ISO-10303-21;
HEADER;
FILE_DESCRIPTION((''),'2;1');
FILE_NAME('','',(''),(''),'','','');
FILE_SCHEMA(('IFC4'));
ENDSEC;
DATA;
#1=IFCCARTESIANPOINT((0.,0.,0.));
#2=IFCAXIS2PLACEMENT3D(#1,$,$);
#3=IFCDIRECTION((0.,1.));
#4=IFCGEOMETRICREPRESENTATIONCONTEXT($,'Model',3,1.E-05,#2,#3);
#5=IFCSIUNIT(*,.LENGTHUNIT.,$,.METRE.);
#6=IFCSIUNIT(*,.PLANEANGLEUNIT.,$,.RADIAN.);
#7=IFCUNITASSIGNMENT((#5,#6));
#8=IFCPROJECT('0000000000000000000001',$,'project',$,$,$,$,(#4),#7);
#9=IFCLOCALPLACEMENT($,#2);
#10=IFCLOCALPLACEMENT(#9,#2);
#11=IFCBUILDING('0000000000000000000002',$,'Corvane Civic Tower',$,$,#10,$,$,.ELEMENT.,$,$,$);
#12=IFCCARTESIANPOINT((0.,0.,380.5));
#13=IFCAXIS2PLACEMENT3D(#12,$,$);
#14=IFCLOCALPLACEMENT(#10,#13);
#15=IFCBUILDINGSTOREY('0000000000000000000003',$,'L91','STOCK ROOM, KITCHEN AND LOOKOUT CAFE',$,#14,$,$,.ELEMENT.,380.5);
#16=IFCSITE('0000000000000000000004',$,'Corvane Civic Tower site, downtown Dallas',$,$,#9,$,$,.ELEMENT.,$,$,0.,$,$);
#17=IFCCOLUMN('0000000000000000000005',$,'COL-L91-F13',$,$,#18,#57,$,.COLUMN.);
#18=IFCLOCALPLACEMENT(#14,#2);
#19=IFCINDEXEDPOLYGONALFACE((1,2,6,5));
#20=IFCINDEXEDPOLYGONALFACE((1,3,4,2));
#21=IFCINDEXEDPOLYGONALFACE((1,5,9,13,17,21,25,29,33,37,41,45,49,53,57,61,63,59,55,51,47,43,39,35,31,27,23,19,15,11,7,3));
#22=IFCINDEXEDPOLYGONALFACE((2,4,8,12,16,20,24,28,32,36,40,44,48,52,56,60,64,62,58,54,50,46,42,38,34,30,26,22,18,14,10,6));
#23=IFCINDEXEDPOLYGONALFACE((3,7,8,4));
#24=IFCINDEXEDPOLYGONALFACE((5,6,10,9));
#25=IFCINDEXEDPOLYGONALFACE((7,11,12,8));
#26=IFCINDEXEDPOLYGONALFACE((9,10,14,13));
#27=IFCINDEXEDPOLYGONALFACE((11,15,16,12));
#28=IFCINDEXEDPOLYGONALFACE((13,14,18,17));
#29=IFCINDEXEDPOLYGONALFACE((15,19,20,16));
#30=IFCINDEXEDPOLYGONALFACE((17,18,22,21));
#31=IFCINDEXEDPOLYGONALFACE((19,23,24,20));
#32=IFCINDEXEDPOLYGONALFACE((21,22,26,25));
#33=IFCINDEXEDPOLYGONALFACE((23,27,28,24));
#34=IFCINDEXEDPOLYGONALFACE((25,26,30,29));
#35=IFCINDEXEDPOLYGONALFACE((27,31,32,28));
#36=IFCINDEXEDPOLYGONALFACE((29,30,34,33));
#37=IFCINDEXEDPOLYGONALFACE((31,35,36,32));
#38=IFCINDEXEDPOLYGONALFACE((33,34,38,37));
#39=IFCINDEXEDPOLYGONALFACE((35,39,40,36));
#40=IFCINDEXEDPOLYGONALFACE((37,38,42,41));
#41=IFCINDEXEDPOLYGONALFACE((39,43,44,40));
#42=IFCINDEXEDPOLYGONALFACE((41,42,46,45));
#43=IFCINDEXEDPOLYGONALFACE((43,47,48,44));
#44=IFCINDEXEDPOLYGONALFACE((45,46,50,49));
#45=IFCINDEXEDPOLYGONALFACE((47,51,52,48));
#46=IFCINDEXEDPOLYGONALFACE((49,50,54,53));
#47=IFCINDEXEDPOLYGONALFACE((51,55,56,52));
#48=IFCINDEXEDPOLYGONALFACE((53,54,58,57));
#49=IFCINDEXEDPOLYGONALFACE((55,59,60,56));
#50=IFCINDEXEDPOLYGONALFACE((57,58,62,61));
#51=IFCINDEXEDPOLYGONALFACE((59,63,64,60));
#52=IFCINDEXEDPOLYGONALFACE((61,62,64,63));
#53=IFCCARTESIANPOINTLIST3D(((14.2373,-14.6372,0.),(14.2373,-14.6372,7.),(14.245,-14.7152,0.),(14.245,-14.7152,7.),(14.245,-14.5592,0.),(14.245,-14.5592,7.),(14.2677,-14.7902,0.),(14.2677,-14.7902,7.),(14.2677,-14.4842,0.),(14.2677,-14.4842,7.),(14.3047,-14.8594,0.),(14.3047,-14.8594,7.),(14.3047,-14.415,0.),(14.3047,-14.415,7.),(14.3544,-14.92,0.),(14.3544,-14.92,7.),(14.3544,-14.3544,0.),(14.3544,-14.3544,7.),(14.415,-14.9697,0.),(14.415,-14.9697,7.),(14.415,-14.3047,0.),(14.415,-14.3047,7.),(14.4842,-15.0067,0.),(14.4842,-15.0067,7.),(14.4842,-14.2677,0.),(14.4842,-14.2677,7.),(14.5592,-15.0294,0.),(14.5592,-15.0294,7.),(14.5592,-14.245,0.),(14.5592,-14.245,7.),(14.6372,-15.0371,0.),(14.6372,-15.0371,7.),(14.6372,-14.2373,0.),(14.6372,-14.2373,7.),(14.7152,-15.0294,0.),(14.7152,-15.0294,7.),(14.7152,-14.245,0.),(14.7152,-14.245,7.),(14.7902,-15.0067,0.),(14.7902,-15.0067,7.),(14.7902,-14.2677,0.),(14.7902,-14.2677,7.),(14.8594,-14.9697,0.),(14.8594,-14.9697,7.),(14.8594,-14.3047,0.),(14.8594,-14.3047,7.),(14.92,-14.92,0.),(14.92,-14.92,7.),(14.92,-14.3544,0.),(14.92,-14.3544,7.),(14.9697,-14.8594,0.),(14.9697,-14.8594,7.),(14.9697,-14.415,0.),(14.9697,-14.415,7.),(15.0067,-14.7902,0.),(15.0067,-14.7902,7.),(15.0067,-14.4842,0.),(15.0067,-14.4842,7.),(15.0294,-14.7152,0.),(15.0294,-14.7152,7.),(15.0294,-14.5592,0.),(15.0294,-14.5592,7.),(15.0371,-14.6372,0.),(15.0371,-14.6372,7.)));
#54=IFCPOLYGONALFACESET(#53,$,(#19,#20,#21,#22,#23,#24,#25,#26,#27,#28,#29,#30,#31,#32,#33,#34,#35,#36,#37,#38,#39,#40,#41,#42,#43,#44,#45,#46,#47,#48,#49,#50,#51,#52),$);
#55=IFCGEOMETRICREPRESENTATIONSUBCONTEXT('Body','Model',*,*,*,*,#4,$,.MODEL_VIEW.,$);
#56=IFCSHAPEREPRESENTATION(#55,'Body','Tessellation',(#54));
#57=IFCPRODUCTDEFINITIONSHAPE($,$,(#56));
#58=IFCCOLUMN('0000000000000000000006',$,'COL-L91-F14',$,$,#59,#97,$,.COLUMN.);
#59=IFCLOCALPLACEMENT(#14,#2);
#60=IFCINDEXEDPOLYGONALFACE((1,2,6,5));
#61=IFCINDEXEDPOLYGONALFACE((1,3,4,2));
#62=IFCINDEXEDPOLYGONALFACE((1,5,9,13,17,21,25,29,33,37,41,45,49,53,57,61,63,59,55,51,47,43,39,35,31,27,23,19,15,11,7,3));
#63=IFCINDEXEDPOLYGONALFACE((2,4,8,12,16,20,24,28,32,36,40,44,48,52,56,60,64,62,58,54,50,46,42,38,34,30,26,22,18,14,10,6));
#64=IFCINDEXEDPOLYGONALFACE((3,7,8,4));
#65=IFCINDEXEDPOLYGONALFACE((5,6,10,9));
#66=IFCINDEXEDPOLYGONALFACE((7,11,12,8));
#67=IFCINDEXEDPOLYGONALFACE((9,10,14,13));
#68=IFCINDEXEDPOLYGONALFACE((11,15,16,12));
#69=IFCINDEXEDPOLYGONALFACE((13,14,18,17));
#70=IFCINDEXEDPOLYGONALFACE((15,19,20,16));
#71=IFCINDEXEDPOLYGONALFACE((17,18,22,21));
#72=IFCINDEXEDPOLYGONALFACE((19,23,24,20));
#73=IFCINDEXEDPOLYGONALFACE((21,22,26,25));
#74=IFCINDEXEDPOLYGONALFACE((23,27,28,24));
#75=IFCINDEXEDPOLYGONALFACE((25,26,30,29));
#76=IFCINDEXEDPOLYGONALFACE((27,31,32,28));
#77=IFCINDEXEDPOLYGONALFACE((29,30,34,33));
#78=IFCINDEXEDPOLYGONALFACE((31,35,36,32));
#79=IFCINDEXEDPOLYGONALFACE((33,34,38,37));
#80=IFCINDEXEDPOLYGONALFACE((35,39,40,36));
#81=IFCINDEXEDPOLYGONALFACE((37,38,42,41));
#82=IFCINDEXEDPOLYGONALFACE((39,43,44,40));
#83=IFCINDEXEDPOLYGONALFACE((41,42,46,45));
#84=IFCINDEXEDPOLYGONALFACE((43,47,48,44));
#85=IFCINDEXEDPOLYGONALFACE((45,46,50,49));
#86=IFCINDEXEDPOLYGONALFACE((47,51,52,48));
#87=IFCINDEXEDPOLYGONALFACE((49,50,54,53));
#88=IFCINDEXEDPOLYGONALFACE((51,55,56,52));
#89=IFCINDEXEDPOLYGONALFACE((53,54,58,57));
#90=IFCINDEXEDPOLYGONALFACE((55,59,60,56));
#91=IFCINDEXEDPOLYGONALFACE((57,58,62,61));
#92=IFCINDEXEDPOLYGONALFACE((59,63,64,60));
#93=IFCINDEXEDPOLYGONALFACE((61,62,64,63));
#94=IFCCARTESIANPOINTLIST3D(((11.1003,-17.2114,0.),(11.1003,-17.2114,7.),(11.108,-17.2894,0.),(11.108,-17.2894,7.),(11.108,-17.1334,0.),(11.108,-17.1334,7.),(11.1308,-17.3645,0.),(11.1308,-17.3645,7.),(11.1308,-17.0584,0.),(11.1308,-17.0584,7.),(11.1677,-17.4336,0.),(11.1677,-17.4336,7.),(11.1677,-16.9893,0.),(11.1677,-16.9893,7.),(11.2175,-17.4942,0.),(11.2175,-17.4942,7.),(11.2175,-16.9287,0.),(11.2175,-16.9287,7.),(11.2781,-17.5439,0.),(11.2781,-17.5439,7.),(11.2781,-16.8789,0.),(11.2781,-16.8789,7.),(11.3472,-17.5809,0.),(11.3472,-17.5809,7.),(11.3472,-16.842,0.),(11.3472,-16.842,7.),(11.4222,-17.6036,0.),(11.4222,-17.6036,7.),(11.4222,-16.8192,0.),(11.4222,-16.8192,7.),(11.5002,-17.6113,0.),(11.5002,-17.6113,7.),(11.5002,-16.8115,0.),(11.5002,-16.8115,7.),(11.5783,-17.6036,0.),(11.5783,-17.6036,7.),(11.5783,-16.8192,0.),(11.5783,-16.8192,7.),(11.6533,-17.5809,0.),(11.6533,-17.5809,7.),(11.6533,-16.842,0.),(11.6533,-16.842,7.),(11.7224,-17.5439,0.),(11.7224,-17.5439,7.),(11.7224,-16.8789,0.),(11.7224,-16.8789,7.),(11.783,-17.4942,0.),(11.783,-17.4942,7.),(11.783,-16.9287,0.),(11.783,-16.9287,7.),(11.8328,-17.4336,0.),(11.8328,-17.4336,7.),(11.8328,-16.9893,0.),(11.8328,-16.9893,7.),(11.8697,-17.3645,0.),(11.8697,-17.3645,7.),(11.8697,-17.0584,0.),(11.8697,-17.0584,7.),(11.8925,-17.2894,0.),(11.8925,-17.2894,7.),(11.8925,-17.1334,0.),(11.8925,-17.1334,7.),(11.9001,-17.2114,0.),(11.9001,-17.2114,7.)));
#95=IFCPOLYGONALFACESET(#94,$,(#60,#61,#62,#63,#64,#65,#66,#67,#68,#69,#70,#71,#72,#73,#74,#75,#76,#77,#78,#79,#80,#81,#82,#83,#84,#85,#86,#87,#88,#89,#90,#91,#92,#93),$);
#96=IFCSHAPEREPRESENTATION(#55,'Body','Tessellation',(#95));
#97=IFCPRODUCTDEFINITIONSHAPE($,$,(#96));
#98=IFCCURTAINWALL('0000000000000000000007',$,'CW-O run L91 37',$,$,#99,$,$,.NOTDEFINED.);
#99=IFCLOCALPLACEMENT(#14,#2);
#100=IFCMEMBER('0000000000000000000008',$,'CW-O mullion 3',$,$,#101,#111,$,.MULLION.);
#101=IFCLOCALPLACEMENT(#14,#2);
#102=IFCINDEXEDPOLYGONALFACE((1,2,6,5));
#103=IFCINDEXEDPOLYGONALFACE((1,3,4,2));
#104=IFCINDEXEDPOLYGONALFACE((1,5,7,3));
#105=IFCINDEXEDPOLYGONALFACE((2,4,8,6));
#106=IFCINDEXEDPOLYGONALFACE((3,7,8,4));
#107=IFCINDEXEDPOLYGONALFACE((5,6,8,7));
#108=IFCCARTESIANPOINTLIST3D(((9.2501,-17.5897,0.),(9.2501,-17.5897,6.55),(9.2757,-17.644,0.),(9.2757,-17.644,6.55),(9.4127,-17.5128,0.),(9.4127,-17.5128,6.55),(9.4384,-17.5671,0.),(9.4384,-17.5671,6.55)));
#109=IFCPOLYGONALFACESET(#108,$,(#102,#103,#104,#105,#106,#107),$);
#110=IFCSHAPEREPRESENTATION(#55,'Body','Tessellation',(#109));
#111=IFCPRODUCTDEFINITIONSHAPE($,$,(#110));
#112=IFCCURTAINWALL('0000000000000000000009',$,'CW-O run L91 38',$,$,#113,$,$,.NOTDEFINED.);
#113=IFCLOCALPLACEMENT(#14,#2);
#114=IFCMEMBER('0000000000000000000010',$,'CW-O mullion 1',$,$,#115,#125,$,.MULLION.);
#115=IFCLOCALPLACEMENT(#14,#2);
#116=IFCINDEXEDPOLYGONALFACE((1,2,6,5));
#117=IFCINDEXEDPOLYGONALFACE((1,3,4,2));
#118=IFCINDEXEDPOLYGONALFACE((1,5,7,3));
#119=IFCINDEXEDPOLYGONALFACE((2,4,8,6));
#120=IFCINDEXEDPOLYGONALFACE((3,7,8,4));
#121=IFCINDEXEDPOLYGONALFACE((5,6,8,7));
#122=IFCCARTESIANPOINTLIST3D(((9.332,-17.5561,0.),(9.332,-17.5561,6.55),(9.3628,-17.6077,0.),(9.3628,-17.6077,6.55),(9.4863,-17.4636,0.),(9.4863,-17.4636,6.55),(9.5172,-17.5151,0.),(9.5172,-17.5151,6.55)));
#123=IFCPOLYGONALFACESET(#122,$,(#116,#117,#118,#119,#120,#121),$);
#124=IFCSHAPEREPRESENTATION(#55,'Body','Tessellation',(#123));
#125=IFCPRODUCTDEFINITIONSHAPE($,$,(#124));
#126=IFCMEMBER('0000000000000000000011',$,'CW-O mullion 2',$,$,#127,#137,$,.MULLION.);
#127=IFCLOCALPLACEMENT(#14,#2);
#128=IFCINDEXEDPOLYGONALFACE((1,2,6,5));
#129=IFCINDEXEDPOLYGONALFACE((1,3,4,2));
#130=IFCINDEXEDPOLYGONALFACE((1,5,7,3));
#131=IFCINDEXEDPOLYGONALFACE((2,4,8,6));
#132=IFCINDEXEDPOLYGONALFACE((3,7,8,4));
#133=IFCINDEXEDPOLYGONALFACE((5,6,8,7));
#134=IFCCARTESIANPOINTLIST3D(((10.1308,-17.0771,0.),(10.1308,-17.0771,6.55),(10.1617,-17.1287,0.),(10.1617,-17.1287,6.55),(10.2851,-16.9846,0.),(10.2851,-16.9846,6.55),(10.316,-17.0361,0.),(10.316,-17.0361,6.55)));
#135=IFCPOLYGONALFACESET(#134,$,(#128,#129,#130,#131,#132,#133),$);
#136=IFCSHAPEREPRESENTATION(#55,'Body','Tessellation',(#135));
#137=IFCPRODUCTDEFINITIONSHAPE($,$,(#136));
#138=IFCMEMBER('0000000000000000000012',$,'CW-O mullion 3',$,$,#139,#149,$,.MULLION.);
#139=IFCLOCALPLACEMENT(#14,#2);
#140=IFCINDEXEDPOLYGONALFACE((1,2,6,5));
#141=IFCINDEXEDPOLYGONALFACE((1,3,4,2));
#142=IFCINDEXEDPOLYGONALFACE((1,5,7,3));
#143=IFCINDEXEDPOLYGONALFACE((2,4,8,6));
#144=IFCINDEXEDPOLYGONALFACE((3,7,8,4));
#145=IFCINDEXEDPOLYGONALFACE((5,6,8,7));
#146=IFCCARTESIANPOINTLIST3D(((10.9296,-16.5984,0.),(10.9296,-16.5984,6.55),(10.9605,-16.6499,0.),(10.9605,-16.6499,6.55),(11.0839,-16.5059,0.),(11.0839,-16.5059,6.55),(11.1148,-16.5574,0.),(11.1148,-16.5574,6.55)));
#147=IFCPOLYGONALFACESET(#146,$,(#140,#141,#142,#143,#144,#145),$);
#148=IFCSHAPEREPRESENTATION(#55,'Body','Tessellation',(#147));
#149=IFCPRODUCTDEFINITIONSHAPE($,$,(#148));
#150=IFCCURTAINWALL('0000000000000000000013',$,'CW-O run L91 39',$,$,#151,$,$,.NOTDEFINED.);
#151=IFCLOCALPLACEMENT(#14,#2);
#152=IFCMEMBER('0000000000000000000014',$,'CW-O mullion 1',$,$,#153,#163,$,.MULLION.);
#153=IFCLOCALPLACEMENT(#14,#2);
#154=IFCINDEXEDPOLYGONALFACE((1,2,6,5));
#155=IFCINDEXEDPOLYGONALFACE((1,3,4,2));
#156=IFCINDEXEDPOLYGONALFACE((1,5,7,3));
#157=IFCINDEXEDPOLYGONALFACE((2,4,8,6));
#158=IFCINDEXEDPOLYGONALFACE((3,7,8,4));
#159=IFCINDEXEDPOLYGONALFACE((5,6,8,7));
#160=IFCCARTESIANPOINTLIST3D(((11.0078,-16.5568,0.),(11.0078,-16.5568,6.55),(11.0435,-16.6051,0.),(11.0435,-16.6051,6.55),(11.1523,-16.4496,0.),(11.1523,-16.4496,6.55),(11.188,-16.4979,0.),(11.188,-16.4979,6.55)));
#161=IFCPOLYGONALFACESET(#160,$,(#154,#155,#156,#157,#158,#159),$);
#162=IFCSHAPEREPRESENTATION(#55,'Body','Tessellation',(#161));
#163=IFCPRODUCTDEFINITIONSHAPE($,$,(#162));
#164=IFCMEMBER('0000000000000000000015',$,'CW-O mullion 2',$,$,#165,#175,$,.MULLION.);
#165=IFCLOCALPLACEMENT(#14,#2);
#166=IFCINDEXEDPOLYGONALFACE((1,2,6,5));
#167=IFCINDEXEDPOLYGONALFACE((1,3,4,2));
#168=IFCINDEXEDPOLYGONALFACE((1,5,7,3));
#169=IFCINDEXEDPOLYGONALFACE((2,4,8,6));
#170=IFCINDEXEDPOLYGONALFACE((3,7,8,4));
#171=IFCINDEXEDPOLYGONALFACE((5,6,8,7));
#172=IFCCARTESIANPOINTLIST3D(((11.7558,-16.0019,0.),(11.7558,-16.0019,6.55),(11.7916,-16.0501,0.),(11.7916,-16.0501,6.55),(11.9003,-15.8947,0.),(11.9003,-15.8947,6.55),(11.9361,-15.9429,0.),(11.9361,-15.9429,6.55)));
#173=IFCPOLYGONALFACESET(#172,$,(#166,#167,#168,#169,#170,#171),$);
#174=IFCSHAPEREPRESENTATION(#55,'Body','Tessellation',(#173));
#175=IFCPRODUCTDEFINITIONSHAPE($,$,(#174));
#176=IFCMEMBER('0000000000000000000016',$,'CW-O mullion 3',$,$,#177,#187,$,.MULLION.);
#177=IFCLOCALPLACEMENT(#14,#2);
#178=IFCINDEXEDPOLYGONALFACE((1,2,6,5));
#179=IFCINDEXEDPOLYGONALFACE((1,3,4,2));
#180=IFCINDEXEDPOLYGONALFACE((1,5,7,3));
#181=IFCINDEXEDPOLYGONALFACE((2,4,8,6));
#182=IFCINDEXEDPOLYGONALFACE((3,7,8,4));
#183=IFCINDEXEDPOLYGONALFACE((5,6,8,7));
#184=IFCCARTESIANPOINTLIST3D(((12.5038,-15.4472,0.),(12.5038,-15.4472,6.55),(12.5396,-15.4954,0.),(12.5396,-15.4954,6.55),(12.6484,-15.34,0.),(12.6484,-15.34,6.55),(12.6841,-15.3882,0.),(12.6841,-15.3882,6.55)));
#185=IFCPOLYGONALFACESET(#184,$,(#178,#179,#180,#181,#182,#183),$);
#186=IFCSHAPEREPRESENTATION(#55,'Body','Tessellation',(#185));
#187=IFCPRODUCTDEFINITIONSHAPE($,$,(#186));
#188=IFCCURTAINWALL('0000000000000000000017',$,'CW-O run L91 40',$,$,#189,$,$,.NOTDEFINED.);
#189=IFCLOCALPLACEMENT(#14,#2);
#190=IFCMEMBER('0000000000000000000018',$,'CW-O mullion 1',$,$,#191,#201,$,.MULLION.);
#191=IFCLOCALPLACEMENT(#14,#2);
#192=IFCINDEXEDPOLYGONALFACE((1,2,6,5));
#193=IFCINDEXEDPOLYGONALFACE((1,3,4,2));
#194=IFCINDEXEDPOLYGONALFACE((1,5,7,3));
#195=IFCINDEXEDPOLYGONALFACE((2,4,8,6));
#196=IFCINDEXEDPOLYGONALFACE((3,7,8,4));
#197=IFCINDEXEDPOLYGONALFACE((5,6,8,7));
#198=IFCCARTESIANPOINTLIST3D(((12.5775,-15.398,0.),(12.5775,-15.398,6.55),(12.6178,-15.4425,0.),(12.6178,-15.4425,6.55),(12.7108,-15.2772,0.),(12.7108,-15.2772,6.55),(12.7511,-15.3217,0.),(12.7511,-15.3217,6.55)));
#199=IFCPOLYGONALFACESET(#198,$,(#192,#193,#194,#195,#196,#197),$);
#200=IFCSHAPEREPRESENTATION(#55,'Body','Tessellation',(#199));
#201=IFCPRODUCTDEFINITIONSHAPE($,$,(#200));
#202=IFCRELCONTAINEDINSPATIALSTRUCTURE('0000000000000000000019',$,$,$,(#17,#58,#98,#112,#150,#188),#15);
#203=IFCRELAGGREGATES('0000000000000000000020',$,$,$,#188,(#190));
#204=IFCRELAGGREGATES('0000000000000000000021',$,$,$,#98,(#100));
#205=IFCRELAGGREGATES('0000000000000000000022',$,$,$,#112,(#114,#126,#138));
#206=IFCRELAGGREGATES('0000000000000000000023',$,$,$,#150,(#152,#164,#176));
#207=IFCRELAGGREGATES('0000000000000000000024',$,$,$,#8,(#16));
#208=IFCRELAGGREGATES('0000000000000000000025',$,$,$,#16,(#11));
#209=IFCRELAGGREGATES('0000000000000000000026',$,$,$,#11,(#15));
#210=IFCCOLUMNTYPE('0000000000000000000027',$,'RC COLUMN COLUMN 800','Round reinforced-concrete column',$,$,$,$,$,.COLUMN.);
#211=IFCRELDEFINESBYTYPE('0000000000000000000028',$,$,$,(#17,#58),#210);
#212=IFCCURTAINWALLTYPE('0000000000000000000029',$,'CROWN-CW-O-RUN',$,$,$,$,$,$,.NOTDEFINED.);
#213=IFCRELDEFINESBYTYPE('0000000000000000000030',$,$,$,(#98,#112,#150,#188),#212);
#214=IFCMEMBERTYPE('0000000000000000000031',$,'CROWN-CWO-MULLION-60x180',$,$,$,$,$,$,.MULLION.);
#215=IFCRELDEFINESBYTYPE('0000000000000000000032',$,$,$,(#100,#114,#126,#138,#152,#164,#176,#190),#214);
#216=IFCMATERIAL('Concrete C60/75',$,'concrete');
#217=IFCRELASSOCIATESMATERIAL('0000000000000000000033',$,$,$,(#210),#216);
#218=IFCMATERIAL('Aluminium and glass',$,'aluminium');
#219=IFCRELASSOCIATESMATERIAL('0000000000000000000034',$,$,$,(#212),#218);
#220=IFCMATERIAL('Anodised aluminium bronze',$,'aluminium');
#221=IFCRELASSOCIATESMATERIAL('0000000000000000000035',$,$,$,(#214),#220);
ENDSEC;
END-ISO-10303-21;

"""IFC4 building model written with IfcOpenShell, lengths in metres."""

from ifc_helpers import new_model, si_unit, direction, frame, origin, origin_2d, place, context, subcontext, project, spatial, rectangle, circle, extrude, material, material_profile, profile_set, type_object, element, aggregate, save


model = new_model("IFC4")

# Units and contexts
model_context = context("Model", 3, precision=1e-05, world=origin(), true_north=direction((0.0, 1.0)))
body_context = subcontext(model_context, "Body", "Model", "MODEL_VIEW")
ifc_project = project(units=[si_unit("LENGTHUNIT", "METRE"), si_unit("PLANEANGLEUNIT", "RADIAN")], contexts=[model_context])

# Site, building, storey
site_placement = place(None, origin())
site = spatial("IfcSite", under=ifc_project, at=site_placement, Name="Corvane Civic Tower site, downtown Dallas", CompositionType="ELEMENT", RefElevation=0.0)
building_placement = place(site_placement, origin())
building = spatial("IfcBuilding", under=site, at=building_placement, Name="Corvane Civic Tower", CompositionType="ELEMENT")
storey_placement = place(building_placement, frame((0.0, 0.0, 380.5)))
storey = spatial("IfcBuildingStorey", under=building, at=storey_placement, Name="L91", Description="STOCK ROOM, KITCHEN AND LOOKOUT CAFE", CompositionType="ELEMENT", Elevation=380.5)

# Columns
ifc_material_1 = material(Name="Concrete C60/75", Category="concrete")
ifc_material_profile_1 = material_profile(ifc_material_1, circle(Radius=0.3999, at=origin_2d()), Name="COLUMN 800")
ifc_profile_set_1 = profile_set([ifc_material_profile_1], Name="Concrete C60/75")
column_type = type_object("IfcColumnType", Name="RC COLUMN COLUMN 800", Description="Round reinforced-concrete column", PredefinedType="COLUMN", material=ifc_profile_set_1)
for number, where, z_axis, x_axis, name in (
    (1, (14.6372, -14.6372, 0.0), (0.0, 0.0, 1.0), (1.0, 0.0, 0.0), "COL-L91-F13"),
    (2, (11.5002, -17.2114, 0.0), (0.0, 0.0, 1.0), (1.0, 0.0, 0.0), "COL-L91-F14"),
):
    element("IfcColumn", number, at=place(storey_placement, frame(where, z_axis=z_axis, x_axis=x_axis)), inside=storey, type_object=column_type, Name=name, PredefinedType="COLUMN", context=body_context, shape_type="SweptSolid", body=[
        extrude(circle(Radius=0.3999, at=origin_2d()), origin(), (0.0, 0.0, 1.0), 7.0),
    ])

# Curtain wall, member
ifc_material_2 = material(Name="Aluminium and glass", Category="aluminium")
curtain_wall_type = type_object("IfcCurtainWallType", Name="CROWN-CW-O-RUN", PredefinedType="NOTDEFINED", material=ifc_material_2)
curtain_wall_1_placement = place(storey_placement, origin())
curtain_wall_1 = element("IfcCurtainWall", 3, at=curtain_wall_1_placement, inside=storey, type_object=curtain_wall_type, Name="CW-O run L91 37", PredefinedType="NOTDEFINED")
ifc_material_3 = material(Name="Anodised aluminium bronze", Category="aluminium")
ifc_material_profile_2 = material_profile(ifc_material_3, rectangle(XDim=0.0601, YDim=0.1799, at=origin_2d()), Name="AL 60x180")
ifc_profile_set_2 = profile_set([ifc_material_profile_2], Name="Anodised aluminium bronze")
member_type_1 = type_object("IfcMemberType", Name="CROWN-CWO-MULLION-60x180", PredefinedType="MULLION", material=ifc_profile_set_2)
member_1_placement = place(storey_placement, frame((9.3442, -17.5784, 0.0), z_axis=(0.0, 0.0, 1.0), x_axis=(-0.427509, 0.904011, 0.0)))
member_1 = element("IfcMember", 4, at=member_1_placement, type_object=member_type_1, Name="CW-O mullion 3", PredefinedType="MULLION", context=body_context, shape_type="SweptSolid", body=[
    extrude(rectangle(XDim=0.0601, YDim=0.1799, at=origin_2d()), origin(), (0.0, 0.0, 1.0), 6.55),
])

# Curtain walls, members
curtain_wall_2_placement = place(storey_placement, origin())
curtain_wall_2 = element("IfcCurtainWall", 5, at=curtain_wall_2_placement, inside=storey, type_object=curtain_wall_type, Name="CW-O run L91 38", PredefinedType="NOTDEFINED")
member_2_placement = place(storey_placement, frame((9.4246, -17.5356, 0.0), z_axis=(0.0, 0.0, 1.0), x_axis=(-0.514152, 0.857699, 0.0)))
member_2 = element("IfcMember", 6, at=member_2_placement, type_object=member_type_1, Name="CW-O mullion 1", PredefinedType="MULLION", context=body_context, shape_type="SweptSolid", body=[
    extrude(rectangle(XDim=0.0601, YDim=0.1799, at=origin_2d()), origin(), (0.0, 0.0, 1.0), 6.55),
])
member_3_placement = place(storey_placement, frame((10.2234, -17.0566, 0.0), z_axis=(0.0, 0.0, 1.0), x_axis=(-0.514152, 0.857699, 0.0)))
member_3 = element("IfcMember", 7, at=member_3_placement, type_object=member_type_1, Name="CW-O mullion 2", PredefinedType="MULLION", context=body_context, shape_type="SweptSolid", body=[
    extrude(rectangle(XDim=0.0601, YDim=0.1799, at=origin_2d()), origin(), (0.0, 0.0, 1.0), 6.55),
])
member_4_placement = place(storey_placement, frame((11.0222, -16.5779, 0.0), z_axis=(0.0, 0.0, 1.0), x_axis=(-0.514152, 0.857699, 0.0)))
member_4 = element("IfcMember", 8, at=member_4_placement, type_object=member_type_1, Name="CW-O mullion 3", PredefinedType="MULLION", context=body_context, shape_type="SweptSolid", body=[
    extrude(rectangle(XDim=0.0601, YDim=0.1799, at=origin_2d()), origin(), (0.0, 0.0, 1.0), 6.55),
])
curtain_wall_3_placement = place(storey_placement, origin())
curtain_wall_3 = element("IfcCurtainWall", 9, at=curtain_wall_3_placement, inside=storey, type_object=curtain_wall_type, Name="CW-O run L91 39", PredefinedType="NOTDEFINED")
member_5_placement = place(storey_placement, frame((11.0979, -16.5273, 0.0), z_axis=(0.0, 0.0, 1.0), x_axis=(-0.595722, 0.80319, 0.0)))
member_5 = element("IfcMember", 10, at=member_5_placement, type_object=member_type_1, Name="CW-O mullion 1", PredefinedType="MULLION", context=body_context, shape_type="SweptSolid", body=[
    extrude(rectangle(XDim=0.0601, YDim=0.1799, at=origin_2d()), origin(), (0.0, 0.0, 1.0), 6.55),
])
member_6_placement = place(storey_placement, frame((11.8459, -15.9724, 0.0), z_axis=(0.0, 0.0, 1.0), x_axis=(-0.595722, 0.80319, 0.0)))
member_6 = element("IfcMember", 11, at=member_6_placement, type_object=member_type_1, Name="CW-O mullion 2", PredefinedType="MULLION", context=body_context, shape_type="SweptSolid", body=[
    extrude(rectangle(XDim=0.0601, YDim=0.1799, at=origin_2d()), origin(), (0.0, 0.0, 1.0), 6.55),
])
member_7_placement = place(storey_placement, frame((12.594, -15.4177, 0.0), z_axis=(0.0, 0.0, 1.0), x_axis=(-0.595722, 0.80319, 0.0)))
member_7 = element("IfcMember", 12, at=member_7_placement, type_object=member_type_1, Name="CW-O mullion 3", PredefinedType="MULLION", context=body_context, shape_type="SweptSolid", body=[
    extrude(rectangle(XDim=0.0601, YDim=0.1799, at=origin_2d()), origin(), (0.0, 0.0, 1.0), 6.55),
])
curtain_wall_4_placement = place(storey_placement, origin())
curtain_wall_4 = element("IfcCurtainWall", 13, at=curtain_wall_4_placement, inside=storey, type_object=curtain_wall_type, Name="CW-O run L91 40", PredefinedType="NOTDEFINED")
member_8_placement = place(storey_placement, frame((12.6643, -15.3599, 0.0), z_axis=(0.0, 0.0, 1.0), x_axis=(-0.671567, 0.740944, 0.0)))
member_8 = element("IfcMember", 14, at=member_8_placement, type_object=member_type_1, Name="CW-O mullion 1", PredefinedType="MULLION", context=body_context, shape_type="SweptSolid", body=[
    extrude(rectangle(XDim=0.0601, YDim=0.1799, at=origin_2d()), origin(), (0.0, 0.0, 1.0), 6.55),
])
aggregate(curtain_wall_4, [member_8])

aggregate(curtain_wall_1, [member_1])
aggregate(curtain_wall_2, [member_2, member_3, member_4])
aggregate(curtain_wall_3, [member_5, member_6, member_7])

save(model, "model.ifc")
